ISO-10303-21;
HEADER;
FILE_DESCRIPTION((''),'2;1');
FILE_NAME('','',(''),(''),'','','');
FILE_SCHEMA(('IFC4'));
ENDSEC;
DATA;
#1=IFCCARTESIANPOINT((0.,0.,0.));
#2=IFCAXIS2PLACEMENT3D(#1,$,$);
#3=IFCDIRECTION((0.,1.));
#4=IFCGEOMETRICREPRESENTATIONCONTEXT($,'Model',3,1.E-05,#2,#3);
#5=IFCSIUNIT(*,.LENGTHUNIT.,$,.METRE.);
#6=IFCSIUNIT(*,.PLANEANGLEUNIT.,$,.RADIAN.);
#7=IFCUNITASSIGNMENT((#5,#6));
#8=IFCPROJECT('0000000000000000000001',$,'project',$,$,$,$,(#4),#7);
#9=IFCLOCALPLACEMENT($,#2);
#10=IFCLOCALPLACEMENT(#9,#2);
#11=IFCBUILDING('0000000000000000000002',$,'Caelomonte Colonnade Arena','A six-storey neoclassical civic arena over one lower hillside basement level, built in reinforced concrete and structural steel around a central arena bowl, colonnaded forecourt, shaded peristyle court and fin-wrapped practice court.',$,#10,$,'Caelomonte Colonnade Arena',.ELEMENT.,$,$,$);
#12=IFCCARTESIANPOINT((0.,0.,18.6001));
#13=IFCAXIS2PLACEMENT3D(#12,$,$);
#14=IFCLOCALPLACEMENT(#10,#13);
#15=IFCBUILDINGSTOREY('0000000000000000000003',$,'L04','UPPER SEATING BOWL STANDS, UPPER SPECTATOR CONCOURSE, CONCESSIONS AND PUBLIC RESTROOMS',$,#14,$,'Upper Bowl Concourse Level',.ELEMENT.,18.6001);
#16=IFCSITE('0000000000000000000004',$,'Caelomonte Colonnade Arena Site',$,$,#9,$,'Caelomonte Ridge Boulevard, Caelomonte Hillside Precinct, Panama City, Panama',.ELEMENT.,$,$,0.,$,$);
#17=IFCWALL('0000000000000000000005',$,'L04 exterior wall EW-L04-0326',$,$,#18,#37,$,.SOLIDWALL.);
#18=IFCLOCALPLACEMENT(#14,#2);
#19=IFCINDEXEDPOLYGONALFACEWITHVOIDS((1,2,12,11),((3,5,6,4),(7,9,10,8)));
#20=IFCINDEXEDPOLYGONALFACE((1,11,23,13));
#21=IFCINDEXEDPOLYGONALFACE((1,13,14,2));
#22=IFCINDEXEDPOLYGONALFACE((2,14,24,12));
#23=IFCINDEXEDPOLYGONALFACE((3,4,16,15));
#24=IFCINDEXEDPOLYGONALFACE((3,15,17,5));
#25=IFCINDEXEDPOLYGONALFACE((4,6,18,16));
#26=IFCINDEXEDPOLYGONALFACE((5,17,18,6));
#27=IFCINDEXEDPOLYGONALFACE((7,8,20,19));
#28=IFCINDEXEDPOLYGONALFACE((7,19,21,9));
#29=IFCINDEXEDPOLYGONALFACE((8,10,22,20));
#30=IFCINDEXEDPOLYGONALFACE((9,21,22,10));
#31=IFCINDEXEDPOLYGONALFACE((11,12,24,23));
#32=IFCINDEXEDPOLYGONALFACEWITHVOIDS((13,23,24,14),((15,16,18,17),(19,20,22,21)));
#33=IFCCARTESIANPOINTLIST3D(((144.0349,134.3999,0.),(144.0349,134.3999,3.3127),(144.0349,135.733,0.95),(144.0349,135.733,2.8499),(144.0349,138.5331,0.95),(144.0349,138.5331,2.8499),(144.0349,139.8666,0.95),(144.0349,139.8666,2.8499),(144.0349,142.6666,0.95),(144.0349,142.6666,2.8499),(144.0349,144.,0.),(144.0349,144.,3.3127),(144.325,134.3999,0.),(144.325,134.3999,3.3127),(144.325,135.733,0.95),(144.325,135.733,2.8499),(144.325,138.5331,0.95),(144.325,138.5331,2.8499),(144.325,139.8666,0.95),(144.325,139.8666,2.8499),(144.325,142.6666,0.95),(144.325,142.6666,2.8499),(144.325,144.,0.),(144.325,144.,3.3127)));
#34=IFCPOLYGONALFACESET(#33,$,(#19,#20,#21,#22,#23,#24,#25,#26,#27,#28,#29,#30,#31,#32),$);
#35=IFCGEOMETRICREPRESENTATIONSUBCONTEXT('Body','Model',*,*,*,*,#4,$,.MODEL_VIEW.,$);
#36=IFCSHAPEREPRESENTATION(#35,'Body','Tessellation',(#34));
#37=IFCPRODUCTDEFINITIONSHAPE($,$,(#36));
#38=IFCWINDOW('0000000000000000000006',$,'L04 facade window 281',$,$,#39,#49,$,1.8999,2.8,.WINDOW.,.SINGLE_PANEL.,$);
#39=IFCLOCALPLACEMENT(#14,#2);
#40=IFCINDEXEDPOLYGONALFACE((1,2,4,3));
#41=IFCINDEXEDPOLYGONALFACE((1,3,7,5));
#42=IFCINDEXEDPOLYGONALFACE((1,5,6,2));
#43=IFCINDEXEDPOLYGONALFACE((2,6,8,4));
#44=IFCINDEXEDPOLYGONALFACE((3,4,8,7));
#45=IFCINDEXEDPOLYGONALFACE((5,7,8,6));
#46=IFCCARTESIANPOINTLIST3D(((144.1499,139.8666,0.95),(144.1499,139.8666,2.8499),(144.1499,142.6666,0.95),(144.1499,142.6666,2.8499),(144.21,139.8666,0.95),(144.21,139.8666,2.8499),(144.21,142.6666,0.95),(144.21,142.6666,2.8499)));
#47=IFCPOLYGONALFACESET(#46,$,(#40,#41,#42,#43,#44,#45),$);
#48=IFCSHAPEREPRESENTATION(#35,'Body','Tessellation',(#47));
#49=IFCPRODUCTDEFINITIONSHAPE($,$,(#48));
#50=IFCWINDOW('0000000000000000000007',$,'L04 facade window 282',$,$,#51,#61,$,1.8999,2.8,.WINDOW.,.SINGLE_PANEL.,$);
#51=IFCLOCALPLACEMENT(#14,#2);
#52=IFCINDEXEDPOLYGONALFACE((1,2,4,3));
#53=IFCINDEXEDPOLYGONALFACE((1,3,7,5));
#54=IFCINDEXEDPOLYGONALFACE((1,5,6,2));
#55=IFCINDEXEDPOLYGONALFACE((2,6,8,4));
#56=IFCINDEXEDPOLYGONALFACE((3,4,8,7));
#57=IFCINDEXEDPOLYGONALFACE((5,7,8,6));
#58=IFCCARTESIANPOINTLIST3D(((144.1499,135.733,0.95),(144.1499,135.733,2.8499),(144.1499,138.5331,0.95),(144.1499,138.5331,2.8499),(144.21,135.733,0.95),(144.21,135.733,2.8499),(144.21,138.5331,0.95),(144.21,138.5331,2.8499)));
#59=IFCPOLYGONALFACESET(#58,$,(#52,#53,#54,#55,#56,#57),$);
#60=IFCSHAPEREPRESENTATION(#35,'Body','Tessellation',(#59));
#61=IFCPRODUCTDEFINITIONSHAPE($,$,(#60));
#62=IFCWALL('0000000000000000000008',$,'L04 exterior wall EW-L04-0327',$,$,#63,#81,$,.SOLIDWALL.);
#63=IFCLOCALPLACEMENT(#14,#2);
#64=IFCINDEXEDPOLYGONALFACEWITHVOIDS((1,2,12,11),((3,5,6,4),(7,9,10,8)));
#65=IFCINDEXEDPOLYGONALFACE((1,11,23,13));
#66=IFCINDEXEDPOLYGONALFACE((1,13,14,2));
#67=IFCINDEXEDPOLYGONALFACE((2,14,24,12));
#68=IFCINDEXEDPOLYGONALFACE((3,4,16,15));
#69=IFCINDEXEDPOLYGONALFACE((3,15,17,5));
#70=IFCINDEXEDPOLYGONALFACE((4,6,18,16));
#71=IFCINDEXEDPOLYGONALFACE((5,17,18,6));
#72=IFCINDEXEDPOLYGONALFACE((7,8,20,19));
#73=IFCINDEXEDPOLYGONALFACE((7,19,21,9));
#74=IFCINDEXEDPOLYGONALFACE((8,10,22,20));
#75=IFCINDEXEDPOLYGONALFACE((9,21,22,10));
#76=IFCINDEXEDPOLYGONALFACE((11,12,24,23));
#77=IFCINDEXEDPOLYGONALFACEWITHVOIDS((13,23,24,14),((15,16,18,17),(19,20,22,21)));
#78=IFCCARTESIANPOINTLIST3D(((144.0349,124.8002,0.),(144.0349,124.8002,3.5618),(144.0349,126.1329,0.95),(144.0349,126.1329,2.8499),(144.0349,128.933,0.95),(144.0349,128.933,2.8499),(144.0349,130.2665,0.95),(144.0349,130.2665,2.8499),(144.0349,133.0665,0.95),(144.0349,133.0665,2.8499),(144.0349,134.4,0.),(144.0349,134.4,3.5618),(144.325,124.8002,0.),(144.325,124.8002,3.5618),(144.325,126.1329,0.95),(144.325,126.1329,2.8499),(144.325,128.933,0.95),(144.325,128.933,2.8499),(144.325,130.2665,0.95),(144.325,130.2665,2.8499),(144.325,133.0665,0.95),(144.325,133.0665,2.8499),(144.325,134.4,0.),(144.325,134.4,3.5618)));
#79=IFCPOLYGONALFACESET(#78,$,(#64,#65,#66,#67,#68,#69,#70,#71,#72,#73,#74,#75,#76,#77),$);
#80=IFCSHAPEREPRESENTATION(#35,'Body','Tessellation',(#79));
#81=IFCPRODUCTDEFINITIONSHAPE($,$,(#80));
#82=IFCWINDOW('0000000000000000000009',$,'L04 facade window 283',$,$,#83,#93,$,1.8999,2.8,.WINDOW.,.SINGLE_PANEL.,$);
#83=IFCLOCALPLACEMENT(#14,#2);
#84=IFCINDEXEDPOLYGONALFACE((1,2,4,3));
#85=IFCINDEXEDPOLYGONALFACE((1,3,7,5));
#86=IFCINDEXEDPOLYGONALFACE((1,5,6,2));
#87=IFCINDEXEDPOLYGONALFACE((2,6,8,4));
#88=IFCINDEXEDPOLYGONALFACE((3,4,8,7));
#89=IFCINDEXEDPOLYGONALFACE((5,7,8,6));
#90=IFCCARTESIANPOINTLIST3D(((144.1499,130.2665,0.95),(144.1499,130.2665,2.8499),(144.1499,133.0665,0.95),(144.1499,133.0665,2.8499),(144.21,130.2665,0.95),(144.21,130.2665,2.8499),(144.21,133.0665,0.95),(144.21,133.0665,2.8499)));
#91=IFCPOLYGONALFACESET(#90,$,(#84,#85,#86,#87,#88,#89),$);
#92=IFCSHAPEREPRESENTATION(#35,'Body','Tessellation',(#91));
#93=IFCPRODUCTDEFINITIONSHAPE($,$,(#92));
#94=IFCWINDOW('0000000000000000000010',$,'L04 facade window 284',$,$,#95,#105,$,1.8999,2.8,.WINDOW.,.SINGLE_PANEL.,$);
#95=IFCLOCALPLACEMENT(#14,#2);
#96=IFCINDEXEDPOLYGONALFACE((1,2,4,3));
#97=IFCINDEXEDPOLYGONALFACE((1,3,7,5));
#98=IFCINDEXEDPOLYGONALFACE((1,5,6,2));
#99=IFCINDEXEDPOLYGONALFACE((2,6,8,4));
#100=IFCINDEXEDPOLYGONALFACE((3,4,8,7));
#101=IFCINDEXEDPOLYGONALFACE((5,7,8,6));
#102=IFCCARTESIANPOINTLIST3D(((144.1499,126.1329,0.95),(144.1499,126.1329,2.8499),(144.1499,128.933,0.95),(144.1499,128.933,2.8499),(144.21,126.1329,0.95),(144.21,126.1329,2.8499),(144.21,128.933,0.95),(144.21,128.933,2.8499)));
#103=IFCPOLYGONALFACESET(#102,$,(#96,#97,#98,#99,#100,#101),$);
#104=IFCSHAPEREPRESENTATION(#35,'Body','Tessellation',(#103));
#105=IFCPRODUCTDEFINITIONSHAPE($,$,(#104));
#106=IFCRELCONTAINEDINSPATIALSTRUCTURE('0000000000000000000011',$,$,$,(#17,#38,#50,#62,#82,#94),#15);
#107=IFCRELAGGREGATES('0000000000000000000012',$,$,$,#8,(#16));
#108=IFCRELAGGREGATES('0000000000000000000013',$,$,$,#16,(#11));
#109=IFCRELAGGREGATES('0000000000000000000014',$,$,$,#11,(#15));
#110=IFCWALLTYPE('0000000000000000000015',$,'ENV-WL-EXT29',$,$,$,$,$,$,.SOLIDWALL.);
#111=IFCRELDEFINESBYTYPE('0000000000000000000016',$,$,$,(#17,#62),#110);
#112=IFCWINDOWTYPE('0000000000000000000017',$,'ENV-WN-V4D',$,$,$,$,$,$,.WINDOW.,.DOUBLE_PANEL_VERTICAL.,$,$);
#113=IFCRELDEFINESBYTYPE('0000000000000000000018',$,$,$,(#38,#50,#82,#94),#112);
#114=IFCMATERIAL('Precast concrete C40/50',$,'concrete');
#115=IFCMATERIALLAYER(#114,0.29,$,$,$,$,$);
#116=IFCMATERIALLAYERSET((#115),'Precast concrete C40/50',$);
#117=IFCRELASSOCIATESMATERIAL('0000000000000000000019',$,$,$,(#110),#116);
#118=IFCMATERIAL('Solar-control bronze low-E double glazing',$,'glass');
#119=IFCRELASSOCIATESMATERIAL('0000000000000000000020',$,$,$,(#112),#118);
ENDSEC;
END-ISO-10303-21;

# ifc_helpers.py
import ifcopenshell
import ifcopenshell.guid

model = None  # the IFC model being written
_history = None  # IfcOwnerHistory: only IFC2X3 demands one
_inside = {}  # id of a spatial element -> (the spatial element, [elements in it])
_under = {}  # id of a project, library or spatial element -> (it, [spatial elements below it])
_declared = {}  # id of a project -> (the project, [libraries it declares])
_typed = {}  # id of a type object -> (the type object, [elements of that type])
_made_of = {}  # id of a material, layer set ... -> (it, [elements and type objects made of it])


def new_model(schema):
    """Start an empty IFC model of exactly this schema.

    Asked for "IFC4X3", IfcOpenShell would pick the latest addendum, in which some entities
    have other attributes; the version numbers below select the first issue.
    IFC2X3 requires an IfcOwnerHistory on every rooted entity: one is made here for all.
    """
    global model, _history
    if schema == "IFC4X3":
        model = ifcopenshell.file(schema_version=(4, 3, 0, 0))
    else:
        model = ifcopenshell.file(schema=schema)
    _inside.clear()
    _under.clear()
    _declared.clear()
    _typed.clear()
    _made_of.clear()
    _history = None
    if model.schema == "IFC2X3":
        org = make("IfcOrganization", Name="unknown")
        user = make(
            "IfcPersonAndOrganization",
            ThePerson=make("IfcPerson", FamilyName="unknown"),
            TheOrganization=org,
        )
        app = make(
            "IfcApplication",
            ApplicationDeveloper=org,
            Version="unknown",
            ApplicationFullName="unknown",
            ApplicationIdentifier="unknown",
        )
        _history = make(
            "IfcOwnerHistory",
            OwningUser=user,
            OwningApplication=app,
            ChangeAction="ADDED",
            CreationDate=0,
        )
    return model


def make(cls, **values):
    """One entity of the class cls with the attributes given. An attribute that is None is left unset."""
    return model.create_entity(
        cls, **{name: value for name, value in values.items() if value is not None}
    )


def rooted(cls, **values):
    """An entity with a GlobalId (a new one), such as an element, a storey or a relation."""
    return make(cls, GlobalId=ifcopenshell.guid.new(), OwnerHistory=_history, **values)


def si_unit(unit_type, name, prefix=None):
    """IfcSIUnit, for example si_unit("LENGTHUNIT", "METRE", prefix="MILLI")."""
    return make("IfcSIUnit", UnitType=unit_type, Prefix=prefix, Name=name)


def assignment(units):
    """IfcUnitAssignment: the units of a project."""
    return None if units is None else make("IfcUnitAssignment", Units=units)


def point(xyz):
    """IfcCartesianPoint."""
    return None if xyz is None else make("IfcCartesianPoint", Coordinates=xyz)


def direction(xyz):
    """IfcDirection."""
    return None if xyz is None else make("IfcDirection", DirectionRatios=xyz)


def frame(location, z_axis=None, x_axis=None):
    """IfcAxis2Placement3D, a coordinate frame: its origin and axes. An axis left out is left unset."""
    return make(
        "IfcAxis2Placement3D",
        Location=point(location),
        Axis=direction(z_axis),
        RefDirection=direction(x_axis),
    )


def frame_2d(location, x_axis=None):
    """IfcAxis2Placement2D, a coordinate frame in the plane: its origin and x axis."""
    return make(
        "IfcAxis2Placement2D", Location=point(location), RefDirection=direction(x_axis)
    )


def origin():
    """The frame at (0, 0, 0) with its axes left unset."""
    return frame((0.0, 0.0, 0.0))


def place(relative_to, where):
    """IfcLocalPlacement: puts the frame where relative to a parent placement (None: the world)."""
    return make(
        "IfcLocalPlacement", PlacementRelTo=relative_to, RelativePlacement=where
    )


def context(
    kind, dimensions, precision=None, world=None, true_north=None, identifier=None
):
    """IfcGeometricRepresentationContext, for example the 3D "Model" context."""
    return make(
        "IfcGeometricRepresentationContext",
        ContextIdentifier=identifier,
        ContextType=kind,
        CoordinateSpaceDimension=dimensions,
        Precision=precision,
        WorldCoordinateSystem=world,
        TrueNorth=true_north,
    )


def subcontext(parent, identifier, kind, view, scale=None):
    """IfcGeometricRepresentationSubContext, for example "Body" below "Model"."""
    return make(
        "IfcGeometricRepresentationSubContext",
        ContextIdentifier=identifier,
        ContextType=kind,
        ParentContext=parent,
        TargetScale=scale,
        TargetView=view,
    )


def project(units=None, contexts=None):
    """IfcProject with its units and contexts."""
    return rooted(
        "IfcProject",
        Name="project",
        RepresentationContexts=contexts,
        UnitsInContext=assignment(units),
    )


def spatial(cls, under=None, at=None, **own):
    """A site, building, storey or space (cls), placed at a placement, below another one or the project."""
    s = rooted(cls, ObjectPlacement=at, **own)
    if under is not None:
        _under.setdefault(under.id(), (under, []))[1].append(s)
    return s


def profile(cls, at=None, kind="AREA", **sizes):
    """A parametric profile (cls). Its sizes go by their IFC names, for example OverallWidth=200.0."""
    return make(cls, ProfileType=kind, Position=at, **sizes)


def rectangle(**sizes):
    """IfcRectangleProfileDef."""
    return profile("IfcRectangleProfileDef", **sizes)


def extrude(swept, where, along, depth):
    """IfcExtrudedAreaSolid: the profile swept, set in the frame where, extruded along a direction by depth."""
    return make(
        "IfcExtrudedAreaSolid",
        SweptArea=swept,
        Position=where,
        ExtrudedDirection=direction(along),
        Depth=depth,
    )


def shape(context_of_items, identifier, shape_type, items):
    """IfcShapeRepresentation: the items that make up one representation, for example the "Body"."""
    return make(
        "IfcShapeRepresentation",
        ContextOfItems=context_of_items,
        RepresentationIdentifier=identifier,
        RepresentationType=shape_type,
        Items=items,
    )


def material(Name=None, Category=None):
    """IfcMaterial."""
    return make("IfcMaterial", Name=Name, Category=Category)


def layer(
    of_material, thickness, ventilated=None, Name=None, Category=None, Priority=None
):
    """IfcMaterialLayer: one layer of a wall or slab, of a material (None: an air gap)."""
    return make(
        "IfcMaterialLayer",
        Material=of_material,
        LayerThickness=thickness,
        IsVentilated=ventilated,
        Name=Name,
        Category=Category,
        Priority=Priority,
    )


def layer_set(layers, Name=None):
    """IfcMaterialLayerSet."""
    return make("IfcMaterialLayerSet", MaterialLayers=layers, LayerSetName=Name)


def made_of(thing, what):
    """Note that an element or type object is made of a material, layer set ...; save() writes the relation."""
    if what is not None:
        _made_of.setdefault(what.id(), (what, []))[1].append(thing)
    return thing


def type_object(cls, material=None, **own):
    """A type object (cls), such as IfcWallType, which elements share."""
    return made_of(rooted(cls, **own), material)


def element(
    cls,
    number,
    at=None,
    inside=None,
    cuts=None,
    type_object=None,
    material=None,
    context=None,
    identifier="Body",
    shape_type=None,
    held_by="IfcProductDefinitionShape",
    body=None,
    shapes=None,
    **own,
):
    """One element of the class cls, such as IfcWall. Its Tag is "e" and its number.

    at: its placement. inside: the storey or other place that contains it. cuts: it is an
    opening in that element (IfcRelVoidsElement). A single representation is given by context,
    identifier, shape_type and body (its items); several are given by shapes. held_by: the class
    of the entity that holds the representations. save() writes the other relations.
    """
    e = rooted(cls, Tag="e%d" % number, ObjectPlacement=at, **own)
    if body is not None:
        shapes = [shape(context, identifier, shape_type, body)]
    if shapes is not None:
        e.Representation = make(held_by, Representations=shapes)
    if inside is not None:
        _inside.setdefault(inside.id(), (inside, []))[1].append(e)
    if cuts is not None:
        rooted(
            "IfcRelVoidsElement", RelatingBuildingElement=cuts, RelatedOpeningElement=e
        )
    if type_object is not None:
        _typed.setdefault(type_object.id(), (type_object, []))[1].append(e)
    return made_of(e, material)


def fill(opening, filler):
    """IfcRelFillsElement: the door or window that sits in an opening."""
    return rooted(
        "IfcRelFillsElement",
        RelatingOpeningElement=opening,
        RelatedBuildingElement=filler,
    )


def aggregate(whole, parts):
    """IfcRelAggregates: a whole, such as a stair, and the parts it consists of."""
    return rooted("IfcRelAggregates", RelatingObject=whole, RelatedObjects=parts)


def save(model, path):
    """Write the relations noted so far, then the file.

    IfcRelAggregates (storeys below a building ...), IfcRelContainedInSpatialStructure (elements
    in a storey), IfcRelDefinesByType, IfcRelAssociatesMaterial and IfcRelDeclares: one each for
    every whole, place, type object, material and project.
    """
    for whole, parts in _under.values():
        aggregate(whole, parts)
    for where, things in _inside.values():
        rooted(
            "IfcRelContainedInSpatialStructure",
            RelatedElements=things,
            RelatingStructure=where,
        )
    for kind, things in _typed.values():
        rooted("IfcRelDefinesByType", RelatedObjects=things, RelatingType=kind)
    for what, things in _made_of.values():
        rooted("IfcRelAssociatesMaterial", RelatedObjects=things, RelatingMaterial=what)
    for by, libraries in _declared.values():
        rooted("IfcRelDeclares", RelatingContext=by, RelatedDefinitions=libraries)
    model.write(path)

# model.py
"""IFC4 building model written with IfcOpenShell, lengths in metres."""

from ifc_helpers import new_model, si_unit, direction, frame, frame_2d, origin, place, context, subcontext, project, spatial, rectangle, extrude, material, layer, layer_set, type_object, element, fill, save


model = new_model("IFC4")

# Units and contexts
model_context = context("Model", 3, precision=1e-05, world=origin(), true_north=direction((0.0, 1.0)))
body_context = subcontext(model_context, "Body", "Model", "MODEL_VIEW")
ifc_project = project(units=[si_unit("LENGTHUNIT", "METRE"), si_unit("PLANEANGLEUNIT", "RADIAN")], contexts=[model_context])

# Site, building, storey
site_placement = place(None, origin())
site = spatial("IfcSite", under=ifc_project, at=site_placement, Name="Caelomonte Colonnade Arena Site", LongName="Caelomonte Ridge Boulevard, Caelomonte Hillside Precinct, Panama City, Panama", CompositionType="ELEMENT", RefElevation=0.0)
building_placement = place(site_placement, origin())
building = spatial("IfcBuilding", under=site, at=building_placement, Name="Caelomonte Colonnade Arena", Description="A six-storey neoclassical civic arena over one lower hillside basement level, built in reinforced concrete and structural steel around a central arena bowl, colonnaded forecourt, shaded peristyle court and fin-wrapped practice court.", LongName="Caelomonte Colonnade Arena", CompositionType="ELEMENT")
storey_placement = place(building_placement, frame((0.0, 0.0, 18.6001)))
storey = spatial("IfcBuildingStorey", under=building, at=storey_placement, Name="L04", Description="UPPER SEATING BOWL STANDS, UPPER SPECTATOR CONCOURSE, CONCESSIONS AND PUBLIC RESTROOMS", LongName="Upper Bowl Concourse Level", CompositionType="ELEMENT", Elevation=18.6001)

# Walls, openings, windows
ifc_material_1 = material(Name="Precast concrete C40/50", Category="concrete")
ifc_layer = layer(ifc_material_1, 0.29)
ifc_layer_set = layer_set([ifc_layer], Name="Precast concrete C40/50")
wall_type = type_object("IfcWallType", Name="ENV-WL-EXT29", PredefinedType="SOLIDWALL", material=ifc_layer_set)
ifc_material_2 = material(Name="Solar-control bronze low-E double glazing", Category="glass")
window_type = type_object("IfcWindowType", Name="ENV-WN-V4D", PartitioningType="DOUBLE_PANEL_VERTICAL", PredefinedType="WINDOW", material=ifc_material_2)
wall_1_placement = place(storey_placement, frame((144.1799, 144.0, 0.0), z_axis=(0.0, 0.0, 1.0), x_axis=(0.0, -1.0, 0.0)))
wall_1 = element("IfcWall", 1, at=wall_1_placement, inside=storey, type_object=wall_type, Name="L04 exterior wall EW-L04-0326", PredefinedType="SOLIDWALL", context=body_context, shape_type="SweptSolid", body=[
    extrude(rectangle(XDim=9.6001, YDim=0.29, at=frame_2d((4.8, 0.0))), origin(), (0.0, 0.0, 1.0), 3.3127),
])
opening_1_placement = place(wall_1_placement, frame((4.1333, 0.0, 0.95), z_axis=(0.0, 0.0, 1.0), x_axis=(-1.0, 0.0, 0.0)))
opening_1 = element("IfcOpeningElement", 2, at=opening_1_placement, cuts=wall_1, PredefinedType="OPENING", context=body_context, shape_type="SweptSolid", body=[
    extrude(rectangle(XDim=2.8, YDim=1.8999, at=frame_2d((1.3999, 0.95))), frame((0.0, 0.155, 0.0), z_axis=(0.0, -1.0, 0.0), x_axis=(1.0, 0.0, 0.0)), (0.0, 0.0, 1.0), 0.3101),
])
opening_2_placement = place(wall_1_placement, frame((8.2668, 0.0, 0.95), z_axis=(0.0, 0.0, 1.0), x_axis=(-1.0, 0.0, 0.0)))
opening_2 = element("IfcOpeningElement", 3, at=opening_2_placement, cuts=wall_1, PredefinedType="OPENING", context=body_context, shape_type="SweptSolid", body=[
    extrude(rectangle(XDim=2.8, YDim=1.8999, at=frame_2d((1.3999, 0.95))), frame((0.0, 0.155, 0.0), z_axis=(0.0, -1.0, 0.0), x_axis=(1.0, 0.0, 0.0)), (0.0, 0.0, 1.0), 0.3101),
])
window_1_placement = place(opening_1_placement, origin())
window_1 = element("IfcWindow", 4, at=window_1_placement, inside=storey, type_object=window_type, Name="L04 facade window 281", OverallHeight=1.8999, OverallWidth=2.8, PartitioningType="SINGLE_PANEL", PredefinedType="WINDOW", context=body_context, shape_type="SweptSolid", body=[
    extrude(rectangle(XDim=2.8, YDim=1.8999, at=frame_2d((1.3999, 0.95))), frame((0.0, 0.03, 0.0), z_axis=(0.0, -1.0, 0.0), x_axis=(1.0, 0.0, 0.0)), (0.0, 0.0, 1.0), 0.0601),
])
fill(opening_1, window_1)
window_2_placement = place(opening_2_placement, origin())
window_2 = element("IfcWindow", 5, at=window_2_placement, inside=storey, type_object=window_type, Name="L04 facade window 282", OverallHeight=1.8999, OverallWidth=2.8, PartitioningType="SINGLE_PANEL", PredefinedType="WINDOW", context=body_context, shape_type="SweptSolid", body=[
    extrude(rectangle(XDim=2.8, YDim=1.8999, at=frame_2d((1.3999, 0.95))), frame((0.0, 0.03, 0.0), z_axis=(0.0, -1.0, 0.0), x_axis=(1.0, 0.0, 0.0)), (0.0, 0.0, 1.0), 0.0601),
])
fill(opening_2, window_2)
wall_2_placement = place(storey_placement, frame((144.1799, 134.3999, 0.0), z_axis=(0.0, 0.0, 1.0), x_axis=(0.0, -1.0, 0.0)))
wall_2 = element("IfcWall", 6, at=wall_2_placement, inside=storey, type_object=wall_type, Name="L04 exterior wall EW-L04-0327", PredefinedType="SOLIDWALL", context=body_context, shape_type="SweptSolid", body=[
    extrude(rectangle(XDim=9.5999, YDim=0.29, at=frame_2d((4.7998, 0.0))), origin(), (0.0, 0.0, 1.0), 3.5618),
])
opening_3_placement = place(wall_2_placement, frame((4.1333, 0.0, 0.95), z_axis=(0.0, 0.0, 1.0), x_axis=(-1.0, 0.0, 0.0)))
opening_3 = element("IfcOpeningElement", 7, at=opening_3_placement, cuts=wall_2, PredefinedType="OPENING", context=body_context, shape_type="SweptSolid", body=[
    extrude(rectangle(XDim=2.8, YDim=1.8999, at=frame_2d((1.3999, 0.95))), frame((0.0, 0.155, 0.0), z_axis=(0.0, -1.0, 0.0), x_axis=(1.0, 0.0, 0.0)), (0.0, 0.0, 1.0), 0.3101),
])
opening_4_placement = place(wall_2_placement, frame((8.2668, 0.0, 0.95), z_axis=(0.0, 0.0, 1.0), x_axis=(-1.0, 0.0, 0.0)))
opening_4 = element("IfcOpeningElement", 8, at=opening_4_placement, cuts=wall_2, PredefinedType="OPENING", context=body_context, shape_type="SweptSolid", body=[
    extrude(rectangle(XDim=2.8, YDim=1.8999, at=frame_2d((1.3999, 0.95))), frame((0.0, 0.155, 0.0), z_axis=(0.0, -1.0, 0.0), x_axis=(1.0, 0.0, 0.0)), (0.0, 0.0, 1.0), 0.3101),
])
window_3_placement = place(opening_3_placement, origin())
window_3 = element("IfcWindow", 9, at=window_3_placement, inside=storey, type_object=window_type, Name="L04 facade window 283", OverallHeight=1.8999, OverallWidth=2.8, PartitioningType="SINGLE_PANEL", PredefinedType="WINDOW", context=body_context, shape_type="SweptSolid", body=[
    extrude(rectangle(XDim=2.8, YDim=1.8999, at=frame_2d((1.3999, 0.95))), frame((0.0, 0.03, 0.0), z_axis=(0.0, -1.0, 0.0), x_axis=(1.0, 0.0, 0.0)), (0.0, 0.0, 1.0), 0.0601),
])
fill(opening_3, window_3)
window_4_placement = place(opening_4_placement, origin())
window_4 = element("IfcWindow", 10, at=window_4_placement, inside=storey, type_object=window_type, Name="L04 facade window 284", OverallHeight=1.8999, OverallWidth=2.8, PartitioningType="SINGLE_PANEL", PredefinedType="WINDOW", context=body_context, shape_type="SweptSolid", body=[
    extrude(rectangle(XDim=2.8, YDim=1.8999, at=frame_2d((1.3999, 0.95))), frame((0.0, 0.03, 0.0), z_axis=(0.0, -1.0, 0.0), x_axis=(1.0, 0.0, 0.0)), (0.0, 0.0, 1.0), 0.0601),
])
fill(opening_4, window_4)

save(model, "model.ifc")
